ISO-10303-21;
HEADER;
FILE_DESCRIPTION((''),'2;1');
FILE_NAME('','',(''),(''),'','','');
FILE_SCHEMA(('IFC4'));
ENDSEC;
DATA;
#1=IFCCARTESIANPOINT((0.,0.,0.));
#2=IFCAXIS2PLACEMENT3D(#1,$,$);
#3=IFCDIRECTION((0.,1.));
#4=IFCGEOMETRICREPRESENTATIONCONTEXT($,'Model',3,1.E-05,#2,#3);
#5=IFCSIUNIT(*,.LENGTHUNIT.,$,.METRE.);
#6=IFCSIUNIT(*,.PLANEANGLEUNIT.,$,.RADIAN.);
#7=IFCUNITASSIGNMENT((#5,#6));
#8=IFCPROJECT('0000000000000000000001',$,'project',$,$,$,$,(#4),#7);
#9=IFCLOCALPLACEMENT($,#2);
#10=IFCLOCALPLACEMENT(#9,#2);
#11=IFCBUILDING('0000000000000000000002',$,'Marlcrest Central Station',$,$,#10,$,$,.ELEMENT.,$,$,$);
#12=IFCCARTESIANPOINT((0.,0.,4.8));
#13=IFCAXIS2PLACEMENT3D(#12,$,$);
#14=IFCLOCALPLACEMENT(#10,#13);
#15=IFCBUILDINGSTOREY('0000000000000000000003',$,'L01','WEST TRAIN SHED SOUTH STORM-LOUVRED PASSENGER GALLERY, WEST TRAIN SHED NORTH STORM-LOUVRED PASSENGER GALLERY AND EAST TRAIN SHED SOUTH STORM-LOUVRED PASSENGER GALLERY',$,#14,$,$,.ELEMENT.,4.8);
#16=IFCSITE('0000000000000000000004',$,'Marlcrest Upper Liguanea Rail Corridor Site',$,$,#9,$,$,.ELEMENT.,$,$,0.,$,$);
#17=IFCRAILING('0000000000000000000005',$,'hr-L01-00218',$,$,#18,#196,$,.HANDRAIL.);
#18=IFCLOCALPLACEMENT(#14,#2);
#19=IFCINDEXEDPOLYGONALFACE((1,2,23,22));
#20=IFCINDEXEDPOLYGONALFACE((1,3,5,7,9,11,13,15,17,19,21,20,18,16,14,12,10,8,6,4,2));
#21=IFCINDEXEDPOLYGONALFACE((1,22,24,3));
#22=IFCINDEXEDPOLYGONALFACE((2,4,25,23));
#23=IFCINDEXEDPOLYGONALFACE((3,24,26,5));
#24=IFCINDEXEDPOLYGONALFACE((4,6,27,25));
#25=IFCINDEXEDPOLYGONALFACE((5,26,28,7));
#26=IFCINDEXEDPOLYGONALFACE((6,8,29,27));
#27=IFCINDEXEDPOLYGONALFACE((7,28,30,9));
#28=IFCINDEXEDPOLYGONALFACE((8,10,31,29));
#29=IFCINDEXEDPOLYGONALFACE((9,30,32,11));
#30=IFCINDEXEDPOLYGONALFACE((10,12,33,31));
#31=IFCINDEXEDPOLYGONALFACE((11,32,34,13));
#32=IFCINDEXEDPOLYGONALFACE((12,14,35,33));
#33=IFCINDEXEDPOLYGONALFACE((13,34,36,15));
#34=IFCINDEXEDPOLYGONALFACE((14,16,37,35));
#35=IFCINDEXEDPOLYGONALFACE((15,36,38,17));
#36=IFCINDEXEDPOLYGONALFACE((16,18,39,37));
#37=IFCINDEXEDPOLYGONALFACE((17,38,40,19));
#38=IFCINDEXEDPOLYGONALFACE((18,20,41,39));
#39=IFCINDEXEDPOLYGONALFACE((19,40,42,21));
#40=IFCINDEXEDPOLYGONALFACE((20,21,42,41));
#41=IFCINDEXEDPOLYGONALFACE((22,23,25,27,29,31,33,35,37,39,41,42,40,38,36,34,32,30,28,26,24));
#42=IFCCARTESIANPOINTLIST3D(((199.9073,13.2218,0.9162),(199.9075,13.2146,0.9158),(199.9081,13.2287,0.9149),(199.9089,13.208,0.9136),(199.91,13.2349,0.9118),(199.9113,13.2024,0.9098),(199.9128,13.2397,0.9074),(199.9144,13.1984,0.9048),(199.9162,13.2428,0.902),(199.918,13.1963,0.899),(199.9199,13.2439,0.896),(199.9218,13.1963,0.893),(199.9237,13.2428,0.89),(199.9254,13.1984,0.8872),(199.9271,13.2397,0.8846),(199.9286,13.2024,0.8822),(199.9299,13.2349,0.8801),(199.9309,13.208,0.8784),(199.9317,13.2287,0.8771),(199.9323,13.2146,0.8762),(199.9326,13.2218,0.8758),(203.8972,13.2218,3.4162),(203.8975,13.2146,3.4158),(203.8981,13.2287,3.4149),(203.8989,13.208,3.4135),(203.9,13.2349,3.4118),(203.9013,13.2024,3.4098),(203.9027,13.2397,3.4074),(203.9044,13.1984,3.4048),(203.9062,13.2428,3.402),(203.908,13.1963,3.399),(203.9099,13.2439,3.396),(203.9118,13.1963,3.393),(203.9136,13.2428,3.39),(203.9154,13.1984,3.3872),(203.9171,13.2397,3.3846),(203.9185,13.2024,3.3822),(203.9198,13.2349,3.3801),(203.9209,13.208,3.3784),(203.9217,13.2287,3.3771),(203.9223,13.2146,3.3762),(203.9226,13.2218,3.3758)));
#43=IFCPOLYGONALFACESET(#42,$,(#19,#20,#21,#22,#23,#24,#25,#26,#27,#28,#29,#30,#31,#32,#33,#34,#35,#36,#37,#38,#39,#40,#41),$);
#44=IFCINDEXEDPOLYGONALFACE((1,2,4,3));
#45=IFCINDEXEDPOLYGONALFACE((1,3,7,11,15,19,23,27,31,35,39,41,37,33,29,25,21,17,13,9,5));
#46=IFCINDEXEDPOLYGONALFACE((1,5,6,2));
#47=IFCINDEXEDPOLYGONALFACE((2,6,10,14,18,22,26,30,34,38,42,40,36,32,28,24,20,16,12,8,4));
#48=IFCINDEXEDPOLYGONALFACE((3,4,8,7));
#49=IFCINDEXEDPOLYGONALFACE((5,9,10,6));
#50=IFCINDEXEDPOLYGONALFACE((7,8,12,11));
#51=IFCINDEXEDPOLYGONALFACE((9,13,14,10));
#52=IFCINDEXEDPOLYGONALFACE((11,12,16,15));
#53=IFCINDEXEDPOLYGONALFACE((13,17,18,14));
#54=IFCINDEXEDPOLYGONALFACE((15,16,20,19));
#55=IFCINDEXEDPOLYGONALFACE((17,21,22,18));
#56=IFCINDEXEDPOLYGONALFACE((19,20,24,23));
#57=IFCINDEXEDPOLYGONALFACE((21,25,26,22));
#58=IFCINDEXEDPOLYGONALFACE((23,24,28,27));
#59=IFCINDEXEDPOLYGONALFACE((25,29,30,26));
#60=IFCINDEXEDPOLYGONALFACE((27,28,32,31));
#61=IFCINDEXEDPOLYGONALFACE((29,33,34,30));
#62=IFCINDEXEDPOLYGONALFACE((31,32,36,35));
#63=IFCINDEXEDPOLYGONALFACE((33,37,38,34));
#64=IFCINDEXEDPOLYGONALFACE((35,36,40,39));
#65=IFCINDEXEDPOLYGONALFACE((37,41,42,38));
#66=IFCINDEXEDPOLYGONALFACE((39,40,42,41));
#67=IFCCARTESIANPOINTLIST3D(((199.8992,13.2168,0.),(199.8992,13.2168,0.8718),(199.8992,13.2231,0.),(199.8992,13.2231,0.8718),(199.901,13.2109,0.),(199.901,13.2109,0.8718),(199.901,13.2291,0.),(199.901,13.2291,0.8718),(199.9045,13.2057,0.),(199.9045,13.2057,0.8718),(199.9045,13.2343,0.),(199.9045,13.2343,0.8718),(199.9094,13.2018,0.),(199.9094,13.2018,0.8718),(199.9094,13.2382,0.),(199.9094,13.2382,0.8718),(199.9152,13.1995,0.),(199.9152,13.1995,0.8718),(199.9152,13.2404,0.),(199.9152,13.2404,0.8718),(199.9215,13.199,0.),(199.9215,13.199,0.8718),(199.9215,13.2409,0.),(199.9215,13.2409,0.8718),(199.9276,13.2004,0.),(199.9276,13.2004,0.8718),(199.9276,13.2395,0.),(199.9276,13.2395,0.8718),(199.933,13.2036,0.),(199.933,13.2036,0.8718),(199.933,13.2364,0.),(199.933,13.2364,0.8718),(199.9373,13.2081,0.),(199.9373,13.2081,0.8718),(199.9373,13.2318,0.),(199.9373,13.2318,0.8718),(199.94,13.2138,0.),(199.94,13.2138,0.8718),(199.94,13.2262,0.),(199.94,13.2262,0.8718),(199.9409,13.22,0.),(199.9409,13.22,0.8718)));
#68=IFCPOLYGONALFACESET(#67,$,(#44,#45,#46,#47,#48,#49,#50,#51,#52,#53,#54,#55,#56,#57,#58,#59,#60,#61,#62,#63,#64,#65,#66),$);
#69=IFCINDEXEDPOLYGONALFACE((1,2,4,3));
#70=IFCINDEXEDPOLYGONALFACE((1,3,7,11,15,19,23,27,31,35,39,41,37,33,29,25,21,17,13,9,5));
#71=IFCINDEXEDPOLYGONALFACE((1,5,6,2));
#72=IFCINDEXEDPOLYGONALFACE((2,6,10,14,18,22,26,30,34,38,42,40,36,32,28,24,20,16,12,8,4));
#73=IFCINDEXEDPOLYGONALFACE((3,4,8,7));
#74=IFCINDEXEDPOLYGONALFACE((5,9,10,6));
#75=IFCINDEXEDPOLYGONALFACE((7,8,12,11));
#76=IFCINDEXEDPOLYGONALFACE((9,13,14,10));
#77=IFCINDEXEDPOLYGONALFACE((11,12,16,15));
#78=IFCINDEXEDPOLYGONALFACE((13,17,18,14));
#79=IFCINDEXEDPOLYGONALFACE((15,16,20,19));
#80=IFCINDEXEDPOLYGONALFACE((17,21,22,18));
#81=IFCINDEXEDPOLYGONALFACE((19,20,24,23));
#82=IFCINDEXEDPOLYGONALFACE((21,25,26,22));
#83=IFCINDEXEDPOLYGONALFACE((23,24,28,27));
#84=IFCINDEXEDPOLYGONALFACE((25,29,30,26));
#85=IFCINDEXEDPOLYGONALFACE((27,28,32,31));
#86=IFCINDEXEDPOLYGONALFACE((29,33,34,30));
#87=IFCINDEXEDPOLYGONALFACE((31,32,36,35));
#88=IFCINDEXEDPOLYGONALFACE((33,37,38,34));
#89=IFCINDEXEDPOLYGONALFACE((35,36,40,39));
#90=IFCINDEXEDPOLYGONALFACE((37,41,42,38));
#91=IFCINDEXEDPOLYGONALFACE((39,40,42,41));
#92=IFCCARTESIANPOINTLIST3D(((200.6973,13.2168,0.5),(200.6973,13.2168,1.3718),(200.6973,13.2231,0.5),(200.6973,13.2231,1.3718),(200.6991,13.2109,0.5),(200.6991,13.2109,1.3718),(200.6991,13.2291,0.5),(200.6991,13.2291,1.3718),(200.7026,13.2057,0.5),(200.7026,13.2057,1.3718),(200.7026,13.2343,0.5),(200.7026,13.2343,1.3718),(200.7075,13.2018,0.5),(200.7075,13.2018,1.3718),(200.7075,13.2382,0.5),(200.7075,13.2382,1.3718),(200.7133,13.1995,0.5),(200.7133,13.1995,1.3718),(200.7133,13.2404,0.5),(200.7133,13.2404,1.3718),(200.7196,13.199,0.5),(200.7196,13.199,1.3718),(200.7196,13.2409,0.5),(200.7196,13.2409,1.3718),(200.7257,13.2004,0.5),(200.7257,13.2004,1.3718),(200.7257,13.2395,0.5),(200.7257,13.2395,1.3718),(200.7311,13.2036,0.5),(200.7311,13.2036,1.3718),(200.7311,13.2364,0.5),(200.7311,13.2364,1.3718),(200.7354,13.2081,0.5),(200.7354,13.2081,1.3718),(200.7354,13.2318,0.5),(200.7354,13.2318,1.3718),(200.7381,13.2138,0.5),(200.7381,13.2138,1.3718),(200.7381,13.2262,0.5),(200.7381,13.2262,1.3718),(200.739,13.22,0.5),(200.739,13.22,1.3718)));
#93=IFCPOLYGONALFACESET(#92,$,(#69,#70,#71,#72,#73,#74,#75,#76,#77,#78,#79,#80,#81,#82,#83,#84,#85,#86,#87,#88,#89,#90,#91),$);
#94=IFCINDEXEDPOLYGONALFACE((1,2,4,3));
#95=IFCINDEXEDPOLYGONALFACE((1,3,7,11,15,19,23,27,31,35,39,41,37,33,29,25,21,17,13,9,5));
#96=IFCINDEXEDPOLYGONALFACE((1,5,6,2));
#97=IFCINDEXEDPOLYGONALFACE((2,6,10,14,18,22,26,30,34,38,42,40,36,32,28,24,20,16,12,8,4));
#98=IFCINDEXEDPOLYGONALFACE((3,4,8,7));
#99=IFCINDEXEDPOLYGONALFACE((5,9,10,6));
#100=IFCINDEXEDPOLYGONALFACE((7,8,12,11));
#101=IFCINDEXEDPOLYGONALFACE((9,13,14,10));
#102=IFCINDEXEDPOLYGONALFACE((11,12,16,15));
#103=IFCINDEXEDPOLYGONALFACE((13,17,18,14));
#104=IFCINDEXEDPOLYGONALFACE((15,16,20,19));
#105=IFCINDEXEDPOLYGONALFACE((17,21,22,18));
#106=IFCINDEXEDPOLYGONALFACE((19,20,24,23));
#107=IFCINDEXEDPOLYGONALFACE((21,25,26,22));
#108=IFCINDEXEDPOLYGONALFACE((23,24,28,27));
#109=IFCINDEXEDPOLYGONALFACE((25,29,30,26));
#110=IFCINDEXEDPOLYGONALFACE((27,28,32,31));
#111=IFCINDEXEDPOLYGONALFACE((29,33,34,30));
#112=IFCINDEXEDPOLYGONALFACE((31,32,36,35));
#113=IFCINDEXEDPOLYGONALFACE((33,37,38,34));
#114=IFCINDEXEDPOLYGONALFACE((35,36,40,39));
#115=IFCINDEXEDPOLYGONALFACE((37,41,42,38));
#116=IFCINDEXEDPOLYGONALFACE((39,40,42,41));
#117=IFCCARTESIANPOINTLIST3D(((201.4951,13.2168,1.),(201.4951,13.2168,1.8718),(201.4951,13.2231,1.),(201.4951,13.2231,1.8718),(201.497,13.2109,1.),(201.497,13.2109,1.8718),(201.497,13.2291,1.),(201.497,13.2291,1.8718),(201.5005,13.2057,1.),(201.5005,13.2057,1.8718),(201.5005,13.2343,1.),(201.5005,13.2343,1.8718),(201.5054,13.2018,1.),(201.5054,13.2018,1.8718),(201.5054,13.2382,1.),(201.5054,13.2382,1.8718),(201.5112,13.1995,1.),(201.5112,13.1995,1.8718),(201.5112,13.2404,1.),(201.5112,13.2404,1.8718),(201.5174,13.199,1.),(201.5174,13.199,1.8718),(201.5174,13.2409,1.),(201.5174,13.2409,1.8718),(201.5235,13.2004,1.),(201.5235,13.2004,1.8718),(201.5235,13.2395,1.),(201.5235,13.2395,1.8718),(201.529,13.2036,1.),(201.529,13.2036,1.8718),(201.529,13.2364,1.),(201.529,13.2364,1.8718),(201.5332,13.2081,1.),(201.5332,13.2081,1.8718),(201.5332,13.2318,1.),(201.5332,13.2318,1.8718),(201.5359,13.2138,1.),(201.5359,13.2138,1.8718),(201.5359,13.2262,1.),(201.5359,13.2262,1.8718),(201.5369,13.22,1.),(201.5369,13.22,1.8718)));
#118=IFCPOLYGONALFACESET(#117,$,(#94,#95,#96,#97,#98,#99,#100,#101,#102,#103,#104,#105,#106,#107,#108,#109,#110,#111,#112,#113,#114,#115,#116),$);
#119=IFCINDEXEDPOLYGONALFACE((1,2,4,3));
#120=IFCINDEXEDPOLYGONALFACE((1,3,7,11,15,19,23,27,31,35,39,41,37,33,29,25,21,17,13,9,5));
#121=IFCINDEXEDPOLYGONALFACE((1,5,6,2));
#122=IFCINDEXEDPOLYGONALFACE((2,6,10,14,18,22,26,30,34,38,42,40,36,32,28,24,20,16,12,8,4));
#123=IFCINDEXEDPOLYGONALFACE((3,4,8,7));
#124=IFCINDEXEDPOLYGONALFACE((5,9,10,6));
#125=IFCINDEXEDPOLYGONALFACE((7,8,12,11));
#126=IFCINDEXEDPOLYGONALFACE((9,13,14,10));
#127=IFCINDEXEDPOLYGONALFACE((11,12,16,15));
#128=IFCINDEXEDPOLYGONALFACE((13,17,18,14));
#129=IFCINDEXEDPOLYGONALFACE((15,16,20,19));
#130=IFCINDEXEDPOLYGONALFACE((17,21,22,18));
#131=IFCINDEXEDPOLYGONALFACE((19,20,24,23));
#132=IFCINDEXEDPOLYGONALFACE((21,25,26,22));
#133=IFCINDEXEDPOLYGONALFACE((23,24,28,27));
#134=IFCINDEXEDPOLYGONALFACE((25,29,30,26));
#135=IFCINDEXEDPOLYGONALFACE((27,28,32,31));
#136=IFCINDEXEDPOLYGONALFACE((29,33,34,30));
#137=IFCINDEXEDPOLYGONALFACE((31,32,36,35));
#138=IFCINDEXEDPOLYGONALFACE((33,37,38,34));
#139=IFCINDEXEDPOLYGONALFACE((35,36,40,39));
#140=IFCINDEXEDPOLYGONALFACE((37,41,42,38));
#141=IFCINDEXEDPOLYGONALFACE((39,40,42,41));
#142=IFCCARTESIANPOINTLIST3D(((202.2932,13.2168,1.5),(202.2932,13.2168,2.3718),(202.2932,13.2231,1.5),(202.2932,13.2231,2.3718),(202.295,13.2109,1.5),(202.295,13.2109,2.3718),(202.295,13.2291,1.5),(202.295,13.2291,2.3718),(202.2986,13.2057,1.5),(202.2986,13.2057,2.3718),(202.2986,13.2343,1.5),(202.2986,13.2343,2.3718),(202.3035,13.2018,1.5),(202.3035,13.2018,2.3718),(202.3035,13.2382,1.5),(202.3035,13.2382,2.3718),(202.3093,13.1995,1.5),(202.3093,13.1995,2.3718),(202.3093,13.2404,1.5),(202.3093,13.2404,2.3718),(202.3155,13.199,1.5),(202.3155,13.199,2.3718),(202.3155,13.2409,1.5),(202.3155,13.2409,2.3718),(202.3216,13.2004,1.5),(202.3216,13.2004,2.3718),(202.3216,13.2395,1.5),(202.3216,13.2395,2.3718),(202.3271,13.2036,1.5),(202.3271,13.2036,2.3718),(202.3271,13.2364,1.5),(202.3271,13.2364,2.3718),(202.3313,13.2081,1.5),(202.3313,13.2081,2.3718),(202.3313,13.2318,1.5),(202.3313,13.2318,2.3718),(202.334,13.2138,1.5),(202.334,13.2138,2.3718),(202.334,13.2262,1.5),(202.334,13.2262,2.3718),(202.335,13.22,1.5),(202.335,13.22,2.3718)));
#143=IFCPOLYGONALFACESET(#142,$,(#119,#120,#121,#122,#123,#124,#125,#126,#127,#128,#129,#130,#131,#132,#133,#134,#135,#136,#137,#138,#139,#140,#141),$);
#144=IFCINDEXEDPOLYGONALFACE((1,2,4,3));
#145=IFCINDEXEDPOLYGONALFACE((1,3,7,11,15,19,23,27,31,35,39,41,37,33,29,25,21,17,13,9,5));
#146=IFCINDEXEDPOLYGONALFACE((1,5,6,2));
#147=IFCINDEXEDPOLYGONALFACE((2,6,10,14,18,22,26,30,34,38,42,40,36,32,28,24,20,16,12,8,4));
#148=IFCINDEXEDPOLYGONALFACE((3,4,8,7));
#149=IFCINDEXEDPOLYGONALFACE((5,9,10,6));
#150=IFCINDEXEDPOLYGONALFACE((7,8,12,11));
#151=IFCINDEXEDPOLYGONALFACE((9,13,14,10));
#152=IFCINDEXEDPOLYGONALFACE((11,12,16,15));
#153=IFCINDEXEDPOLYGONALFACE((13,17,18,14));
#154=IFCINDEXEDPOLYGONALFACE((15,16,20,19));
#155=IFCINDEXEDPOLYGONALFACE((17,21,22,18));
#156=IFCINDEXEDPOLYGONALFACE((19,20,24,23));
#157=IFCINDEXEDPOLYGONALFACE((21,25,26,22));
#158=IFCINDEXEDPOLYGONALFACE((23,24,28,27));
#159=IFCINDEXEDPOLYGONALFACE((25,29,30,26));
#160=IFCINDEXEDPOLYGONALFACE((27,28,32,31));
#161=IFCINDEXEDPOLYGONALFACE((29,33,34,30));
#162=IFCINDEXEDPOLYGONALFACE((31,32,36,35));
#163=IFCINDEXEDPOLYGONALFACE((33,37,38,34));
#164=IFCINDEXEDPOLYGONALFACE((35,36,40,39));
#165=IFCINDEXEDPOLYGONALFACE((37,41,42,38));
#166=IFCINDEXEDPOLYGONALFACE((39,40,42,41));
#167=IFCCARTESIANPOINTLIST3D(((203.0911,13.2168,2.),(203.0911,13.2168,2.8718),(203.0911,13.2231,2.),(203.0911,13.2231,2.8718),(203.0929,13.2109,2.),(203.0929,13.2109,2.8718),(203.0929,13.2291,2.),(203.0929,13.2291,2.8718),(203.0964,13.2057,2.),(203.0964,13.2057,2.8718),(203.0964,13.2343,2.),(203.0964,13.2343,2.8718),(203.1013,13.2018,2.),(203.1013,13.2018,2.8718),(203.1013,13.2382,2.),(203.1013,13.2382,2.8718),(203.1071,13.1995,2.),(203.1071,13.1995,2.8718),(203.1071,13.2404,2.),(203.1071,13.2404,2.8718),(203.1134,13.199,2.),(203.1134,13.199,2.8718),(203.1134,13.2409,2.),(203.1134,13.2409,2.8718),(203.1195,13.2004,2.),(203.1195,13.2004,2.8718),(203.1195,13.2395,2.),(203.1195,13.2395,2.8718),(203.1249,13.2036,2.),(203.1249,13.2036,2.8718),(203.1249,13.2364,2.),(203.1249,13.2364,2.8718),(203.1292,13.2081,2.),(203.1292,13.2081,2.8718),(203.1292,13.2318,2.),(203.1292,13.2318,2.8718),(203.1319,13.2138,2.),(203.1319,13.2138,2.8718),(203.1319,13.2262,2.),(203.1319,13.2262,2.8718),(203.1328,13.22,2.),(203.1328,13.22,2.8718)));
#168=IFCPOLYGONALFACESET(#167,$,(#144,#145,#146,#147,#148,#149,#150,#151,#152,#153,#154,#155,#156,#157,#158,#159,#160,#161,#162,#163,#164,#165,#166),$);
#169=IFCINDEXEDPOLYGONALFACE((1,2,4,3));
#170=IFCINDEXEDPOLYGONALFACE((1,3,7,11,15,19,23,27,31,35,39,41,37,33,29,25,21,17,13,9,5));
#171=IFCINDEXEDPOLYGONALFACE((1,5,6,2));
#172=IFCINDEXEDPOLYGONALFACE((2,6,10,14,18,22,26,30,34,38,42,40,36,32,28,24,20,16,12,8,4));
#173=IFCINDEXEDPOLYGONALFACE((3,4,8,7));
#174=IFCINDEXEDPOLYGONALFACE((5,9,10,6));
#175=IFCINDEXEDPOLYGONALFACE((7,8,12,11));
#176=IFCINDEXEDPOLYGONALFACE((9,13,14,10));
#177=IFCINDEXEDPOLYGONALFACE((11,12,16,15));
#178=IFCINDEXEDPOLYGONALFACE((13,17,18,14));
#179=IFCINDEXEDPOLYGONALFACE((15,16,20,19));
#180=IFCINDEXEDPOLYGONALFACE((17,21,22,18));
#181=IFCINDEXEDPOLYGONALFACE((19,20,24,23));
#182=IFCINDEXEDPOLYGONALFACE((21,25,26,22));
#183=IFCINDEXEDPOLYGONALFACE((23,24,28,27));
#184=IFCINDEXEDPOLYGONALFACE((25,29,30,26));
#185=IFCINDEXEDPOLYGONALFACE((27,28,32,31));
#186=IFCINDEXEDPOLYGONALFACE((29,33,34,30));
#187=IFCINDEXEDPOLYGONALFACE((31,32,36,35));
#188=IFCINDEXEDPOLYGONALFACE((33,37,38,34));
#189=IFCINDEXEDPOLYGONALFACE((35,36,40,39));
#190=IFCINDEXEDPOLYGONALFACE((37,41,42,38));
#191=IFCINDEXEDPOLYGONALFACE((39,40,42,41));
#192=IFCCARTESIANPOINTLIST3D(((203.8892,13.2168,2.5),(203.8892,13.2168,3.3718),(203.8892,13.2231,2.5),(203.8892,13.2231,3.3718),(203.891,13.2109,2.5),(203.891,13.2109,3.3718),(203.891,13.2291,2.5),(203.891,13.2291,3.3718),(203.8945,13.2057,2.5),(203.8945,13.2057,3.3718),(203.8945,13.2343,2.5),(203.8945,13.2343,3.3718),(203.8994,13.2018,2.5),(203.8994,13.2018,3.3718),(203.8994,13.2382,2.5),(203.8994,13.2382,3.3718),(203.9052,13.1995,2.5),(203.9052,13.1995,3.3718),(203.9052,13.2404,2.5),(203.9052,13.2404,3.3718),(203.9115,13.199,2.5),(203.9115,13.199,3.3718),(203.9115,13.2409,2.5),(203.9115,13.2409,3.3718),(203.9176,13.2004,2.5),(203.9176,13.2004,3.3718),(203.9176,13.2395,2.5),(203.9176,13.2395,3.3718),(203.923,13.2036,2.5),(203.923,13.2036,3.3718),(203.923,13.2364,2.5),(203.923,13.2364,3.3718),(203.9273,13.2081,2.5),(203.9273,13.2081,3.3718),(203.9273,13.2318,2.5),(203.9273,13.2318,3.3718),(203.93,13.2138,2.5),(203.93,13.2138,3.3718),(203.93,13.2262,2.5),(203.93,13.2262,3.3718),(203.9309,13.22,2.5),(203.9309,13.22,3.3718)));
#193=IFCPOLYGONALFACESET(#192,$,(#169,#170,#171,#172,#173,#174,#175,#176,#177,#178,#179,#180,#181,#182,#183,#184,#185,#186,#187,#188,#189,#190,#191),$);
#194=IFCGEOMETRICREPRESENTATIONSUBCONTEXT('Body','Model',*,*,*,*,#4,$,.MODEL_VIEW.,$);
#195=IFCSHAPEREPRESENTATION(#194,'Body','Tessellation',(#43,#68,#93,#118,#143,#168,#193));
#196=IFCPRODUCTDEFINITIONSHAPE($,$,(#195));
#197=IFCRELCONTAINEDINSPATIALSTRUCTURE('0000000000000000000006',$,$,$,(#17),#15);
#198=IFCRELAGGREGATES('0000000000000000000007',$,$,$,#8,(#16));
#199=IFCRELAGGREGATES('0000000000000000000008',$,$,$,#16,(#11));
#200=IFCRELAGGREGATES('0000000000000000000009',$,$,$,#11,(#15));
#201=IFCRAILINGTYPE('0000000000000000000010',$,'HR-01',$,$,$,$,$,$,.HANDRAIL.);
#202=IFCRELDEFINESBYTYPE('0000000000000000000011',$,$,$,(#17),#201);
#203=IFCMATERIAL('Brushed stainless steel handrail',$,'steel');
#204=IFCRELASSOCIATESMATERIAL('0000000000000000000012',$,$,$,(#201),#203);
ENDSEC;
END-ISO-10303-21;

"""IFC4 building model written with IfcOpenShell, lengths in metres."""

from ifc_helpers import new_model, si_unit, direction, frame, origin, origin_2d, place, context, subcontext, project, spatial, circle, extrude, material, type_object, element, save


model = new_model("IFC4")

# Units and contexts
model_context = context("Model", 3, precision=1e-05, world=origin(), true_north=direction((0.0, 1.0)))
body_context = subcontext(model_context, "Body", "Model", "MODEL_VIEW")
ifc_project = project(units=[si_unit("LENGTHUNIT", "METRE"), si_unit("PLANEANGLEUNIT", "RADIAN")], contexts=[model_context])

# Site, building, storey
site_placement = place(None, origin())
site = spatial("IfcSite", under=ifc_project, at=site_placement, Name="Marlcrest Upper Liguanea Rail Corridor Site", CompositionType="ELEMENT", RefElevation=0.0)
building_placement = place(site_placement, origin())
building = spatial("IfcBuilding", under=site, at=building_placement, Name="Marlcrest Central Station", CompositionType="ELEMENT")
storey_placement = place(building_placement, frame((0.0, 0.0, 4.8)))
storey = spatial("IfcBuildingStorey", under=building, at=storey_placement, Name="L01", Description="WEST TRAIN SHED SOUTH STORM-LOUVRED PASSENGER GALLERY, WEST TRAIN SHED NORTH STORM-LOUVRED PASSENGER GALLERY AND EAST TRAIN SHED SOUTH STORM-LOUVRED PASSENGER GALLERY", CompositionType="ELEMENT", Elevation=4.8)

# Railing
ifc_material_1 = material(Name="Brushed stainless steel handrail", Category="steel")
railing_type_1 = type_object("IfcRailingType", Name="HR-01", PredefinedType="HANDRAIL", material=ifc_material_1)
railing_1_placement = place(storey_placement, frame((199.9199, 13.22, 0.0)))
element("IfcRailing", 1, at=railing_1_placement, inside=storey, type_object=railing_type_1, Name="hr-L01-00218", PredefinedType="HANDRAIL", context=body_context, shape_type="SweptSolid", body=[
    extrude(circle(Radius=0.0239, at=origin_2d()), frame((0.0, 0.0, 0.896), z_axis=(0.847401, 0.0, 0.530954), x_axis=(0.0, 1.0, 0.0)), (0.0, 0.0, 1.0), 4.7085),
    extrude(circle(Radius=0.021, at=origin_2d()), origin(), (0.0, 0.0, 1.0), 0.8718),
    extrude(circle(Radius=0.021, at=origin_2d()), frame((0.7981, 0.0, 0.5)), (0.0, 0.0, 1.0), 0.8718),
    extrude(circle(Radius=0.021, at=origin_2d()), frame((1.5959, 0.0, 1.0)), (0.0, 0.0, 1.0), 0.8718),
    extrude(circle(Radius=0.021, at=origin_2d()), frame((2.394, 0.0, 1.5)), (0.0, 0.0, 1.0), 0.8718),
    extrude(circle(Radius=0.021, at=origin_2d()), frame((3.1919, 0.0, 2.0)), (0.0, 0.0, 1.0), 0.8718),
    extrude(circle(Radius=0.021, at=origin_2d()), frame((3.99, 0.0, 2.5)), (0.0, 0.0, 1.0), 0.8718),
])

save(model, "model.ifc")
